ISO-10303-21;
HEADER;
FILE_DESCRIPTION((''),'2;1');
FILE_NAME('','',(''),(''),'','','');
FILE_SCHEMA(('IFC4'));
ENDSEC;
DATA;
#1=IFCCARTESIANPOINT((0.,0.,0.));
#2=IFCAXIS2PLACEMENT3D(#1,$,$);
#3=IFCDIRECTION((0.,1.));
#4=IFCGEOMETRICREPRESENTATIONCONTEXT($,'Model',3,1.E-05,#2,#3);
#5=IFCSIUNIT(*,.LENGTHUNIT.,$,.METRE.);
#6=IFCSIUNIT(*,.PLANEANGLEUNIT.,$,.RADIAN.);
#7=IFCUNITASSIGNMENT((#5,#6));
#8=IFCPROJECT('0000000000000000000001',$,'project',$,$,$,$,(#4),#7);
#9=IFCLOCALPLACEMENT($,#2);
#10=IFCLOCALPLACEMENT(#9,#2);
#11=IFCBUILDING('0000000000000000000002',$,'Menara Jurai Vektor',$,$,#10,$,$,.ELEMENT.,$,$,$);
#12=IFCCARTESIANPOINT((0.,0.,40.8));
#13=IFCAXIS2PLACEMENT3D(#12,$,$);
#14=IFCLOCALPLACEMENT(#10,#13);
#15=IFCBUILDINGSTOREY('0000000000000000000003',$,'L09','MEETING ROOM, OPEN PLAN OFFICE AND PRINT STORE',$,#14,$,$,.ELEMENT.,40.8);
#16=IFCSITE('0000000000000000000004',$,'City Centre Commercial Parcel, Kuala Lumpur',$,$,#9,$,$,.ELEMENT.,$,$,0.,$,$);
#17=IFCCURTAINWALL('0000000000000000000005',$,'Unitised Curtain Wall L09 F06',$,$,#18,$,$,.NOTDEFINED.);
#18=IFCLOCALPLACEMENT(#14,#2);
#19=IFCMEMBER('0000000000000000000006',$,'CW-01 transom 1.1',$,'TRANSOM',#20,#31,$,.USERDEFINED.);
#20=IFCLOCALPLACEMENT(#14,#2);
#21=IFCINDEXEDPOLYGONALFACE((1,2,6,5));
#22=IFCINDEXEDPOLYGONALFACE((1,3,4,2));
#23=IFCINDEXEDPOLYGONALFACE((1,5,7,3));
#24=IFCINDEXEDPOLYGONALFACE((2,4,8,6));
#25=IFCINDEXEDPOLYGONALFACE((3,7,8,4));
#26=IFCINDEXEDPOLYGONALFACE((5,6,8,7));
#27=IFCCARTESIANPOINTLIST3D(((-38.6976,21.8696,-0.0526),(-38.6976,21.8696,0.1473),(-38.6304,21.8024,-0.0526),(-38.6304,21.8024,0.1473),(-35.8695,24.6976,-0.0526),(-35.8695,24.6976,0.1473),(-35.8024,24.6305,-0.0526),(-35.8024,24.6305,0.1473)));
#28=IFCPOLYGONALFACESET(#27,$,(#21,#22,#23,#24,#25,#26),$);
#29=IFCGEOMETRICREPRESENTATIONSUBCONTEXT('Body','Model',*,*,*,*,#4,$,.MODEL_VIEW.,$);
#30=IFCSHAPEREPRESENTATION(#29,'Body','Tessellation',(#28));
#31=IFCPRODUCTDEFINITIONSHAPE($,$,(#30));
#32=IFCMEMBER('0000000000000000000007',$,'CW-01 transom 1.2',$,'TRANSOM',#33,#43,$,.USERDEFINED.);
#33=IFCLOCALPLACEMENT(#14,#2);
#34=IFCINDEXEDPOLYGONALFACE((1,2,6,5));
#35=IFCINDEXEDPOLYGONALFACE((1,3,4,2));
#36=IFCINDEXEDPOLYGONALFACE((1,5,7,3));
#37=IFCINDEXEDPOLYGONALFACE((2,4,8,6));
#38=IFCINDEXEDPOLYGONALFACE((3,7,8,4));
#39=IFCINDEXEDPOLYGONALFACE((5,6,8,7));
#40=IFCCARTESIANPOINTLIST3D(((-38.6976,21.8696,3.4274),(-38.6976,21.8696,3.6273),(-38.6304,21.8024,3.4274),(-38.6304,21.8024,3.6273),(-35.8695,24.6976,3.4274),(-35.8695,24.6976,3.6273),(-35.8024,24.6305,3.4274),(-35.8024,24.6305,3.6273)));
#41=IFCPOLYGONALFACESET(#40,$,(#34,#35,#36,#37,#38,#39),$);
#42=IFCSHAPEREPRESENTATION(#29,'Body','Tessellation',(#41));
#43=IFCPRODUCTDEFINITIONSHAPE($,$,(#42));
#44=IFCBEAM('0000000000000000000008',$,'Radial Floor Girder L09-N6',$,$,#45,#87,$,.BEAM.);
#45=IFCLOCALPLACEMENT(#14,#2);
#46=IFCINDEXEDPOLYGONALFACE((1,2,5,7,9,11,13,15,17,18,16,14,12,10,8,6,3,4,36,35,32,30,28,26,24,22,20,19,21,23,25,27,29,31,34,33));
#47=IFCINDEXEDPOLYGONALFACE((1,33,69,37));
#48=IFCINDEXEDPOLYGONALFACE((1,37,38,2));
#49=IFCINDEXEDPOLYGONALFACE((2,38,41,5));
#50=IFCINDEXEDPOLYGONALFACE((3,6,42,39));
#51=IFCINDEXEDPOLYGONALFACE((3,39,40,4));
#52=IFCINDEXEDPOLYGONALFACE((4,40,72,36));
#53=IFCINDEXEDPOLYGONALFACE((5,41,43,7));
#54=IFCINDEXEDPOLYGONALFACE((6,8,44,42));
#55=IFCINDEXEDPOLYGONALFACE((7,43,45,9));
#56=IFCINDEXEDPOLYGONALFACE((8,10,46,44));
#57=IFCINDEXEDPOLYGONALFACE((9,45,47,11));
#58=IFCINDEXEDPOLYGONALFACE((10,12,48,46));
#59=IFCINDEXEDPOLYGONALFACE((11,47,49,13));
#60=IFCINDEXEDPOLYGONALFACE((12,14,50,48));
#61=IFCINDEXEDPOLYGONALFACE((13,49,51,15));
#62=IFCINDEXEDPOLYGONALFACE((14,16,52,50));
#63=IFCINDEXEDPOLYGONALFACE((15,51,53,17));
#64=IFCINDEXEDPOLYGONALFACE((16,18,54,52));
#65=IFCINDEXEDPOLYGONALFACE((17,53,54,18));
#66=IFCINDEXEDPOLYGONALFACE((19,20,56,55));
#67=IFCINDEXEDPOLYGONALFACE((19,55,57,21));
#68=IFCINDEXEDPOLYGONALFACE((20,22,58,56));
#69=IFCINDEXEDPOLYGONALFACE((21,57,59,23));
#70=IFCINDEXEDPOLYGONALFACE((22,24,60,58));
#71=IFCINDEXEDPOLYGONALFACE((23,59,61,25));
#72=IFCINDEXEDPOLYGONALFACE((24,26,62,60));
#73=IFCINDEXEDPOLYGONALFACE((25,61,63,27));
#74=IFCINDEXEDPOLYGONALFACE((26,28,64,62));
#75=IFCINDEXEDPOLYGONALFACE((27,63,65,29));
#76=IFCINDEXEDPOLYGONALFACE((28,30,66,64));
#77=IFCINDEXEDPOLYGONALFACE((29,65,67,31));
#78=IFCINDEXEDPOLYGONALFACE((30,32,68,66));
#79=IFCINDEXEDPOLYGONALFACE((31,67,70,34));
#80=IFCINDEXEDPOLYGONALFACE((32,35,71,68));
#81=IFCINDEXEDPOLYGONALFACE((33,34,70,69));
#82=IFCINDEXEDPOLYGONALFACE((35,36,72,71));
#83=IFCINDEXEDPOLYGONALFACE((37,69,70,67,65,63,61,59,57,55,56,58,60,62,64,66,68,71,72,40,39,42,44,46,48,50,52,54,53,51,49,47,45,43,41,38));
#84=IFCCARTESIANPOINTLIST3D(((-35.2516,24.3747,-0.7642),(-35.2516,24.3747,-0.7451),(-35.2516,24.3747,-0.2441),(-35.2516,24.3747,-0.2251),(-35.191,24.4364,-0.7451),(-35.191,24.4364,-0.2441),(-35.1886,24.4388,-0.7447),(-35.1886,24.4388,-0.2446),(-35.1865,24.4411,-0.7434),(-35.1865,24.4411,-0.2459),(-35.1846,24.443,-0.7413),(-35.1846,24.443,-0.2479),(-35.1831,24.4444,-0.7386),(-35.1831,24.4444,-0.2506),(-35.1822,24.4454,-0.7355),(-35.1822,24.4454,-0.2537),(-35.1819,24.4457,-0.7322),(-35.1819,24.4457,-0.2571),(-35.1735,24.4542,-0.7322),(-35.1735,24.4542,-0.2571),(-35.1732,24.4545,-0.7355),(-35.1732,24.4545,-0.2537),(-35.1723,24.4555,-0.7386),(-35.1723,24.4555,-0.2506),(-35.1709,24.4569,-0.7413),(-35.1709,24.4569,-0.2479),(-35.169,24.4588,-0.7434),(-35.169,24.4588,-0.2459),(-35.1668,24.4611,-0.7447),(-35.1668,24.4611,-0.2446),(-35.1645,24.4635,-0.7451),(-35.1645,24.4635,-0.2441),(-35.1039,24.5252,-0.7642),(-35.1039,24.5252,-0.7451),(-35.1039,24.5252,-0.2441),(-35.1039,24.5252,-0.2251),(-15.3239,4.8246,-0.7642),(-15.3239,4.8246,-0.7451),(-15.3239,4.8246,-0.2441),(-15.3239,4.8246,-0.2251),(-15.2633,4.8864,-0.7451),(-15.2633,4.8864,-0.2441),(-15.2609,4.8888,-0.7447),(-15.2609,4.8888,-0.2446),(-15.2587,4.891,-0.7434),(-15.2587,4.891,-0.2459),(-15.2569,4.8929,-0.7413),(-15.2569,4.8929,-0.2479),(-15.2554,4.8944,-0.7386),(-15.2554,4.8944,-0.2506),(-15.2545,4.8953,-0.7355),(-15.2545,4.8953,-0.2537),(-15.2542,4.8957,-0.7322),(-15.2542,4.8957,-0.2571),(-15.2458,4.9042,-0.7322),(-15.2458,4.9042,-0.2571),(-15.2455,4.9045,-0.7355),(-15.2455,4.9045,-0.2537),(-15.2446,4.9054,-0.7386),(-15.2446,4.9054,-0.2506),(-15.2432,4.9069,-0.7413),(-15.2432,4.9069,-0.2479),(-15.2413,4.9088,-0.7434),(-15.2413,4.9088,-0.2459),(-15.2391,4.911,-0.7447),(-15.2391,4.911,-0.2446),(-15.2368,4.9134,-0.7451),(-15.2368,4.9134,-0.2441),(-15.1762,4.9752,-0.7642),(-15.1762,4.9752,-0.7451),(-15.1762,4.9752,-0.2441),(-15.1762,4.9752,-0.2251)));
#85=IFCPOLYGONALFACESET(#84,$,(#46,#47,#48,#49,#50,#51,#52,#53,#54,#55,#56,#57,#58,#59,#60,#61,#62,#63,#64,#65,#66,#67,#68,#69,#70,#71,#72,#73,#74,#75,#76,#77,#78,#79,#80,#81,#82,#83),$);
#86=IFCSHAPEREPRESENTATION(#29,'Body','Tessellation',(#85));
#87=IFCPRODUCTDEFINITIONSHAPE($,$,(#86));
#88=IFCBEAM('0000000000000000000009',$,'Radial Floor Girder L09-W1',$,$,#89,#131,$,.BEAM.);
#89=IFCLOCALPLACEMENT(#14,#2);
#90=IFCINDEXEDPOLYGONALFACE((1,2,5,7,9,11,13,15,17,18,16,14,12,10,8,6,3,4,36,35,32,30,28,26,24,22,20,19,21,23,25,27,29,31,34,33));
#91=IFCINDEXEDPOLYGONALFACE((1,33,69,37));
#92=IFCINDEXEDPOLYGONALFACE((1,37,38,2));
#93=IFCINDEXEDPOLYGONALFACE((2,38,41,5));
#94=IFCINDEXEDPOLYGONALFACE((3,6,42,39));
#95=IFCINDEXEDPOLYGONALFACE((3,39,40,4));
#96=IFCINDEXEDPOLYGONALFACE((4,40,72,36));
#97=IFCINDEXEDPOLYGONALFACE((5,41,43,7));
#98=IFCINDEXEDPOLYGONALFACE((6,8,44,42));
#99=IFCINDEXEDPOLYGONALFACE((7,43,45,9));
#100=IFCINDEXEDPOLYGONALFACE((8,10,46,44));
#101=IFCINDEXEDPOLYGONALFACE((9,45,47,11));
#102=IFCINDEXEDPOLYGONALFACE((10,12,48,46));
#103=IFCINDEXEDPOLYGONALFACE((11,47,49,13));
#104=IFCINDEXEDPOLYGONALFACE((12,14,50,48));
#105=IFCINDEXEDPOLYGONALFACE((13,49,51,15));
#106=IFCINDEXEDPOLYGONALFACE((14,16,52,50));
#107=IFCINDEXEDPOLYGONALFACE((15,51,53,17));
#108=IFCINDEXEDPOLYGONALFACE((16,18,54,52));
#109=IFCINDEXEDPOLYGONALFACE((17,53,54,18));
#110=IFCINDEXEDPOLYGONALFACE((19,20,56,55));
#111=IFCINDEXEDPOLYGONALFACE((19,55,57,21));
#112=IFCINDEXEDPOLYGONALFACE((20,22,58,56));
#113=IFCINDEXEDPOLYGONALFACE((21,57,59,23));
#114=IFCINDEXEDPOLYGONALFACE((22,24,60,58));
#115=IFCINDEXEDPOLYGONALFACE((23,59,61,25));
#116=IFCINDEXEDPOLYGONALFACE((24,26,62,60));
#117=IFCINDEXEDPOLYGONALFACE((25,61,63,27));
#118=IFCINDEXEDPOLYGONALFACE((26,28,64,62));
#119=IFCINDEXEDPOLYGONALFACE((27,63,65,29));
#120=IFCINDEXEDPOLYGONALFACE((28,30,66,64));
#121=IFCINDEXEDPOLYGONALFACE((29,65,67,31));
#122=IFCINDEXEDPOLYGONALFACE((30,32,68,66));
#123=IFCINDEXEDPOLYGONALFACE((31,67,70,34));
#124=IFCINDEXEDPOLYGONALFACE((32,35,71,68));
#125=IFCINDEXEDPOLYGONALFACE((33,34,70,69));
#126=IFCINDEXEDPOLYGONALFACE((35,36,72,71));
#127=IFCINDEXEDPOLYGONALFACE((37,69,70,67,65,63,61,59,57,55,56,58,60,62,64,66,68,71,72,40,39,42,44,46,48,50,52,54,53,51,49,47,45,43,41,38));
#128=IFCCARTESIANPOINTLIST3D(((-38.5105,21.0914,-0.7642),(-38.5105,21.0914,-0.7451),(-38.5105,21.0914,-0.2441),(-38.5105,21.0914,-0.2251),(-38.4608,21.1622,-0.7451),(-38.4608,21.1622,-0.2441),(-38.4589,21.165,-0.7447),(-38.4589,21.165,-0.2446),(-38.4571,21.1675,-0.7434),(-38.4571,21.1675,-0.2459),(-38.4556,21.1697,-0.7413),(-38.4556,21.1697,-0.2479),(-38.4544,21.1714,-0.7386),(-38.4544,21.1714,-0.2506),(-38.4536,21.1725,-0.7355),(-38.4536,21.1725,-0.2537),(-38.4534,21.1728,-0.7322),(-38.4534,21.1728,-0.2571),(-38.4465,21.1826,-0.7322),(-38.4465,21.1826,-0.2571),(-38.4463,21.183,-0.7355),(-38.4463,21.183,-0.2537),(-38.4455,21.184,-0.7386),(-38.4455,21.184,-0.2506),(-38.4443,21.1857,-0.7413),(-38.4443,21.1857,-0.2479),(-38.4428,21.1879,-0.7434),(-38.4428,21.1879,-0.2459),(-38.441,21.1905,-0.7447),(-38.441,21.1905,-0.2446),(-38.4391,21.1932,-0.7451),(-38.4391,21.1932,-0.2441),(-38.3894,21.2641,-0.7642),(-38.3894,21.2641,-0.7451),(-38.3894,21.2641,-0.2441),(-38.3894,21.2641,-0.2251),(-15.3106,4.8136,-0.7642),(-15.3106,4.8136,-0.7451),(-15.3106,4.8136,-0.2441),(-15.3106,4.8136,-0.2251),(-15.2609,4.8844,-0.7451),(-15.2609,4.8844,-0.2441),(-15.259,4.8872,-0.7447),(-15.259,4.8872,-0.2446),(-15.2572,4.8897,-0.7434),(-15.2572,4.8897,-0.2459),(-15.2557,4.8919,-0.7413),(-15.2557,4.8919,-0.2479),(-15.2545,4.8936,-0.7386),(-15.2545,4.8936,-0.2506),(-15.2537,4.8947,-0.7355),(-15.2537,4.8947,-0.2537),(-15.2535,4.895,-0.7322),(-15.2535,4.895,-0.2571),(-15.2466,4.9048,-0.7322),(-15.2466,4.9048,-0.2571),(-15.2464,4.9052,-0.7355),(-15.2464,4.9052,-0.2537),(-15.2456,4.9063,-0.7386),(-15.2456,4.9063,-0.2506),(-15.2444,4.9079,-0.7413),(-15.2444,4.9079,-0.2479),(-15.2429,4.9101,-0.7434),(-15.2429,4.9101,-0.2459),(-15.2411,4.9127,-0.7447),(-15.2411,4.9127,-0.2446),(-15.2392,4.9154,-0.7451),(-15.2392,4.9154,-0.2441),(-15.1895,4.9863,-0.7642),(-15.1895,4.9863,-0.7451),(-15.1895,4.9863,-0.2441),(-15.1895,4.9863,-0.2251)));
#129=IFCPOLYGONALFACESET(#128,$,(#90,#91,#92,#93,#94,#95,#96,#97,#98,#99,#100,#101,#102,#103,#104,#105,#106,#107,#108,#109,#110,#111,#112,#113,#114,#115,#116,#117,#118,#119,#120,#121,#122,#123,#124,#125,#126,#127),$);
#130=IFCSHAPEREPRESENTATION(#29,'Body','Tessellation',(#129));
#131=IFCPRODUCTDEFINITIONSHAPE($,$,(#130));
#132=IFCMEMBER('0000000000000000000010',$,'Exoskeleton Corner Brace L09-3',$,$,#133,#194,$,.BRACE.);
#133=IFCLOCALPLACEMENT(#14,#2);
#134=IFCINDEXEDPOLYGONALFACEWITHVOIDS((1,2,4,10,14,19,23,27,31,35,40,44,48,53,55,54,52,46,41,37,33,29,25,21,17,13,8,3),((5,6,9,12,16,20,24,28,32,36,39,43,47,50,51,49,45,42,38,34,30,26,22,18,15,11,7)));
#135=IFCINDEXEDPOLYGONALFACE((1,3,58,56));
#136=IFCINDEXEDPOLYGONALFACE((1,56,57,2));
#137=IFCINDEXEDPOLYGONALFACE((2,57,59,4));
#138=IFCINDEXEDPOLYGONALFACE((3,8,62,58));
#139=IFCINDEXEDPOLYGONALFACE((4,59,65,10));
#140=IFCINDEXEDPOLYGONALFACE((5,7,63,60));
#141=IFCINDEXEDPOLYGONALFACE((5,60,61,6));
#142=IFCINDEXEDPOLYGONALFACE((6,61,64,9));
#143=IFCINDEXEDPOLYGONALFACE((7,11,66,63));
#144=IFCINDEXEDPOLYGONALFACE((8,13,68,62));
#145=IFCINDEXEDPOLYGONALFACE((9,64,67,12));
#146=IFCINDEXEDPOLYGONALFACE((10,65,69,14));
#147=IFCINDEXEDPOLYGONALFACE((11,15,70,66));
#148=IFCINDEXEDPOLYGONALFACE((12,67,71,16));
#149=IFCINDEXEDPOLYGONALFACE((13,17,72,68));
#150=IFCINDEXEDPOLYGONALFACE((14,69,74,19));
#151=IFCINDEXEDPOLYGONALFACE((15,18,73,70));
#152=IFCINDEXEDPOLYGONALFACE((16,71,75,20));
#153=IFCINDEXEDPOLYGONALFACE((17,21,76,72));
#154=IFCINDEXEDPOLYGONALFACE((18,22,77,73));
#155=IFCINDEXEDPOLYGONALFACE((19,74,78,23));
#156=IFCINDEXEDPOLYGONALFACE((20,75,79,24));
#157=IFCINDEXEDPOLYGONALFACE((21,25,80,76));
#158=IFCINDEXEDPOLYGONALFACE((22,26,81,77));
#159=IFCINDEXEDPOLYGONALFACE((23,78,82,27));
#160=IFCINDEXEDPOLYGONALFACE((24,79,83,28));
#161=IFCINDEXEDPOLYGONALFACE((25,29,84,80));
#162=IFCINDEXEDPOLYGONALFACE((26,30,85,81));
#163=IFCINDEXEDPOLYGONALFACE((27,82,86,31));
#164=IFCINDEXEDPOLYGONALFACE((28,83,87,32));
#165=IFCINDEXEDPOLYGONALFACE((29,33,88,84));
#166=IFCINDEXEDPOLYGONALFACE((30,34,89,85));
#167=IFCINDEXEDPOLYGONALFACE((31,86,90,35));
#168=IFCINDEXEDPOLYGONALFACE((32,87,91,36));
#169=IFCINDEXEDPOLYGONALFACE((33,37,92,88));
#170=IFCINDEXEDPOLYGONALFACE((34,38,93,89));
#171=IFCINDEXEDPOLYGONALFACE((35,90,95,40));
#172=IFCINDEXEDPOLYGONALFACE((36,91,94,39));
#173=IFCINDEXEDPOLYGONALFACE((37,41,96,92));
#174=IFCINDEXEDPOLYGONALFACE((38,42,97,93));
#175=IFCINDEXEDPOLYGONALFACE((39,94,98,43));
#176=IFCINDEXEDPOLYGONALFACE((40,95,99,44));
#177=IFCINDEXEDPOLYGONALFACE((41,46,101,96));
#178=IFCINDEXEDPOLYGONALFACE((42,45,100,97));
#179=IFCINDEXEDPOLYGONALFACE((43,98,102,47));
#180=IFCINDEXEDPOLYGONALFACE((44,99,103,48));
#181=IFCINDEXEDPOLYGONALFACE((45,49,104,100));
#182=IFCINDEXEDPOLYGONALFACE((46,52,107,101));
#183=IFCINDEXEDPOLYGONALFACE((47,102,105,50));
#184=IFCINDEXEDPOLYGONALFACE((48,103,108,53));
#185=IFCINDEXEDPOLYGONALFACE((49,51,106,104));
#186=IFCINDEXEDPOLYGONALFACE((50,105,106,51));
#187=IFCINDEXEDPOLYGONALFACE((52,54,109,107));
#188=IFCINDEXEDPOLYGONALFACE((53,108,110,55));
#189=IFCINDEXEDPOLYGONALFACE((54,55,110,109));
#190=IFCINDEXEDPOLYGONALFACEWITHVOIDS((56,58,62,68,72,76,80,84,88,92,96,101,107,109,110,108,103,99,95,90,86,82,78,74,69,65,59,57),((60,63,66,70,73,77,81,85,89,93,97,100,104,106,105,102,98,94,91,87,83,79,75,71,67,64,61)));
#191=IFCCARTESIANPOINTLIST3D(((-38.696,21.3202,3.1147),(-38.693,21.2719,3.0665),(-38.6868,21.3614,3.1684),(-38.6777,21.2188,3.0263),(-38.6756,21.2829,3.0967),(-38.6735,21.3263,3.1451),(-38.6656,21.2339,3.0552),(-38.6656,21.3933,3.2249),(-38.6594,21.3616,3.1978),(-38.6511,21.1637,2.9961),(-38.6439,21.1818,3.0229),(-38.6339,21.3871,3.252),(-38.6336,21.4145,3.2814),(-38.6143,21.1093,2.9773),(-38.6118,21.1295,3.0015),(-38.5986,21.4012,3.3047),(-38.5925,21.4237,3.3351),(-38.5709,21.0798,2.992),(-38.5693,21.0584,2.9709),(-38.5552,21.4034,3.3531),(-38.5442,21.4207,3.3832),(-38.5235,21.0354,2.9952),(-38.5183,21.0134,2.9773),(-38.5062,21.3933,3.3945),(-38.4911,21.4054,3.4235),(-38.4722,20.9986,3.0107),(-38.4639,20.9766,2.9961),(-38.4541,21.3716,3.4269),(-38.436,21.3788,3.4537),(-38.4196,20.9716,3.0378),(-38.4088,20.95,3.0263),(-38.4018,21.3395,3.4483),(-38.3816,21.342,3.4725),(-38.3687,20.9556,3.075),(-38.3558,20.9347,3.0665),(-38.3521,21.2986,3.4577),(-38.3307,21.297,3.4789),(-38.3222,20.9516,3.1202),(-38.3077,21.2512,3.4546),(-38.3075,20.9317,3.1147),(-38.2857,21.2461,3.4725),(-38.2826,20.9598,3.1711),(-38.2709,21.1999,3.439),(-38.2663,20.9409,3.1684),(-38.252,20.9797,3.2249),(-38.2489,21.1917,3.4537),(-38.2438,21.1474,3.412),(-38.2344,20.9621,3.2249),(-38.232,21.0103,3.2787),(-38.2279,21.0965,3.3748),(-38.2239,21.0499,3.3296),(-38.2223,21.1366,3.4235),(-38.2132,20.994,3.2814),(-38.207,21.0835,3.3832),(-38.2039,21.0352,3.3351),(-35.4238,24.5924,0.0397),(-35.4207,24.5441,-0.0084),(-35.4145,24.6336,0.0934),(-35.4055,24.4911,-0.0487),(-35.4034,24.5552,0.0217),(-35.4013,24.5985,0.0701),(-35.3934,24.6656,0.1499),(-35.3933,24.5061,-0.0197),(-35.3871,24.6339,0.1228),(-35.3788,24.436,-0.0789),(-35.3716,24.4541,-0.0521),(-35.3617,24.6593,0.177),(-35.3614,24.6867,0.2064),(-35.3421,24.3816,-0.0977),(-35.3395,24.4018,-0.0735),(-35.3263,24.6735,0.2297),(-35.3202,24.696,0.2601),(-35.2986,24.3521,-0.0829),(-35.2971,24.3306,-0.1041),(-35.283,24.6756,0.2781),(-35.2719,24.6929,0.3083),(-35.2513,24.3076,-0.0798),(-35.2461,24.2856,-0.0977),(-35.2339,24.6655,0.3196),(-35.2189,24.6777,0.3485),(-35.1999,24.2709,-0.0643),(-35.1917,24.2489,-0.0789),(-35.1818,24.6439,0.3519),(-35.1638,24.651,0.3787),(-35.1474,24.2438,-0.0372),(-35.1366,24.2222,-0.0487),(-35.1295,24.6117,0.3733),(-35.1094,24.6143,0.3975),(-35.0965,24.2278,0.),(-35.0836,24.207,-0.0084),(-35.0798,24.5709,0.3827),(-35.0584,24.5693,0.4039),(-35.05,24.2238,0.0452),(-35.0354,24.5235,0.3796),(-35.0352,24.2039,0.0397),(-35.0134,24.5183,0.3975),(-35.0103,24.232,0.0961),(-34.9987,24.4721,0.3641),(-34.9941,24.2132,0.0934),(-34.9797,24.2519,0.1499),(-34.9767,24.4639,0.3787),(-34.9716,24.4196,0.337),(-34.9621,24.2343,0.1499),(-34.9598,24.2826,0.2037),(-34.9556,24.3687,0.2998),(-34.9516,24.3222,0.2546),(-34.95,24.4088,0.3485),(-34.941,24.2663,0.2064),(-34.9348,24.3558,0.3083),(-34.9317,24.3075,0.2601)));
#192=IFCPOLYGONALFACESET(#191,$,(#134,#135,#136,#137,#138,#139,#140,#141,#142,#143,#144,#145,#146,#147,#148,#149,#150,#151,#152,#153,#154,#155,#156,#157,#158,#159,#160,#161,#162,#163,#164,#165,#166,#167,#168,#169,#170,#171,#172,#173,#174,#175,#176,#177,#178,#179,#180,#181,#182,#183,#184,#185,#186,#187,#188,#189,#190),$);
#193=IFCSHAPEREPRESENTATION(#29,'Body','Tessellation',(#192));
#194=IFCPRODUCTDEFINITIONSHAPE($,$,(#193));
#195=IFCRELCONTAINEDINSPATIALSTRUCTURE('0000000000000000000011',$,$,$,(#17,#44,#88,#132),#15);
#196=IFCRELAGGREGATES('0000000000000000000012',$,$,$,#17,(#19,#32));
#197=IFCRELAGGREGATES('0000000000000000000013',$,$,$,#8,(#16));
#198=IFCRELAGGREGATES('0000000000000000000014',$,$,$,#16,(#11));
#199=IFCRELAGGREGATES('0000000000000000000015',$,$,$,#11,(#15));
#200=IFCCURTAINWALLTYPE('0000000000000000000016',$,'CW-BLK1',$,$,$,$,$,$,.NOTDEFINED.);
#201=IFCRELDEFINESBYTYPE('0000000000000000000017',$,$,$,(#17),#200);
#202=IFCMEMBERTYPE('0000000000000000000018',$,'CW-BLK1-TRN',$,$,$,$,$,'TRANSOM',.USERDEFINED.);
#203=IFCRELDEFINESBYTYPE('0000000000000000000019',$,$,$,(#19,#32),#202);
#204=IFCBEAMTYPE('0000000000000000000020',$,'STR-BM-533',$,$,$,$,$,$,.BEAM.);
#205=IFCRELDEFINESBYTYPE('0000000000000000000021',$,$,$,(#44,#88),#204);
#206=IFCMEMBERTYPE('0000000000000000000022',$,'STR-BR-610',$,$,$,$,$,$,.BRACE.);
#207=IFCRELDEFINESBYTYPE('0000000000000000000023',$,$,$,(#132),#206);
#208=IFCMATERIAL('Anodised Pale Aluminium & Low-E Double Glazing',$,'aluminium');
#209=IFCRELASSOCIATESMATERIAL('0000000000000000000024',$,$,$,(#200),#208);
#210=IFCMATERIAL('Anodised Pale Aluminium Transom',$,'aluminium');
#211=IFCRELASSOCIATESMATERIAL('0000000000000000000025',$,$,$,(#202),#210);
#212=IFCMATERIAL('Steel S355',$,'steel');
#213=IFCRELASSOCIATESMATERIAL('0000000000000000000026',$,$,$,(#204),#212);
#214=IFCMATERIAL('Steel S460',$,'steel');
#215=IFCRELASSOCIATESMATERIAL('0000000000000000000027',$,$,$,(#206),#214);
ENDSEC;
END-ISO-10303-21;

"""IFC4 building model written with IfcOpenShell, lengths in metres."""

from ifc_helpers import new_model, si_unit, direction, frame, origin, origin_2d, place, context, subcontext, project, spatial, rectangle, hollow_circle, i_section, extrude, material, material_profile, profile_set, type_object, element, aggregate, save


model = new_model("IFC4")

# Units and contexts
model_context = context("Model", 3, precision=1e-05, world=origin(), true_north=direction((0.0, 1.0)))
body_context = subcontext(model_context, "Body", "Model", "MODEL_VIEW")
ifc_project = project(units=[si_unit("LENGTHUNIT", "METRE"), si_unit("PLANEANGLEUNIT", "RADIAN")], contexts=[model_context])

# Site, building, storey
site_placement = place(None, origin())
site = spatial("IfcSite", under=ifc_project, at=site_placement, Name="City Centre Commercial Parcel, Kuala Lumpur", CompositionType="ELEMENT", RefElevation=0.0)
building_placement = place(site_placement, origin())
building = spatial("IfcBuilding", under=site, at=building_placement, Name="Menara Jurai Vektor", CompositionType="ELEMENT")
storey_placement = place(building_placement, frame((0.0, 0.0, 40.8)))
storey = spatial("IfcBuildingStorey", under=building, at=storey_placement, Name="L09", Description="MEETING ROOM, OPEN PLAN OFFICE AND PRINT STORE", CompositionType="ELEMENT", Elevation=40.8)

# Shared definitions
ifc_material_1 = material(Name="Steel S460", Category="steel")

# Curtain wall
ifc_material_2 = material(Name="Anodised Pale Aluminium & Low-E Double Glazing", Category="aluminium")
curtain_wall_type = type_object("IfcCurtainWallType", Name="CW-BLK1", PredefinedType="NOTDEFINED", material=ifc_material_2)
curtain_wall_1_placement = place(storey_placement, origin())
curtain_wall_1 = element("IfcCurtainWall", 1, at=curtain_wall_1_placement, inside=storey, type_object=curtain_wall_type, Name="Unitised Curtain Wall L09 F06", PredefinedType="NOTDEFINED")

# Members
ifc_material_3 = material(Name="Anodised Pale Aluminium Transom", Category="aluminium")
ifc_material_profile_1 = material_profile(ifc_material_3, rectangle(XDim=0.095, YDim=0.2, at=origin_2d()), Name="ALU TRN 95x200")
ifc_profile_set_1 = profile_set([ifc_material_profile_1], Name="Anodised Pale Aluminium Transom")
member_type_1 = type_object("IfcMemberType", Name="CW-BLK1-TRN", ElementType="TRANSOM", PredefinedType="USERDEFINED", material=ifc_profile_set_1)
member_1_placement = place(storey_placement, frame((-35.8359, 24.6641, 0.0474), z_axis=(-0.707107, -0.707107, 0.0), x_axis=(0.707107, -0.707107, 0.0)))
member_1 = element("IfcMember", 2, at=member_1_placement, type_object=member_type_1, Name="CW-01 transom 1.1", ObjectType="TRANSOM", PredefinedType="USERDEFINED", context=body_context, shape_type="SweptSolid", body=[
    extrude(rectangle(XDim=0.095, YDim=0.2, at=origin_2d()), origin(), (0.0, 0.0, 1.0), 3.9995),
])
member_2_placement = place(storey_placement, frame((-35.8359, 24.6641, 3.5273), z_axis=(-0.707107, -0.707107, 0.0), x_axis=(0.707107, -0.707107, 0.0)))
member_2 = element("IfcMember", 3, at=member_2_placement, type_object=member_type_1, Name="CW-01 transom 1.2", ObjectType="TRANSOM", PredefinedType="USERDEFINED", context=body_context, shape_type="SweptSolid", body=[
    extrude(rectangle(XDim=0.095, YDim=0.2, at=origin_2d()), origin(), (0.0, 0.0, 1.0), 3.9995),
])

# Beams
ifc_material_4 = material(Name="Steel S355", Category="steel")
ifc_material_profile_2 = material_profile(ifc_material_4, i_section(OverallWidth=0.2109, OverallDepth=0.5391, WebThickness=0.012, FlangeThickness=0.019, FilletRadius=0.0129, at=origin_2d()), Name="UKB 533x210x109")
ifc_profile_set_2 = profile_set([ifc_material_profile_2], Name="Steel S355")
beam_type_1 = type_object("IfcBeamType", Name="STR-BM-533", PredefinedType="BEAM", material=ifc_profile_set_2)
beam_1_placement = place(storey_placement, frame((-35.1777, 24.45, -0.4946), z_axis=(0.713839, -0.70031, 0.0), x_axis=(0.70031, 0.713839, 0.0)))
element("IfcBeam", 4, at=beam_1_placement, inside=storey, type_object=beam_type_1, Name="Radial Floor Girder L09-N6", PredefinedType="BEAM", context=body_context, shape_type="SweptSolid", body=[
    extrude(i_section(OverallWidth=0.2109, OverallDepth=0.5391, WebThickness=0.012, FlangeThickness=0.019, FilletRadius=0.0129, at=origin_2d()), origin(), (0.0, 0.0, 1.0), 27.9163),
])
beam_2_placement = place(storey_placement, frame((-38.45, 21.1777, -0.4946), z_axis=(0.818604, -0.574359, 0.0), x_axis=(0.574359, 0.818604, 0.0)))
element("IfcBeam", 5, at=beam_2_placement, inside=storey, type_object=beam_type_1, Name="Radial Floor Girder L09-W1", PredefinedType="BEAM", context=body_context, shape_type="SweptSolid", body=[
    extrude(i_section(OverallWidth=0.2109, OverallDepth=0.5391, WebThickness=0.012, FlangeThickness=0.019, FilletRadius=0.0129, at=origin_2d()), origin(), (0.0, 0.0, 1.0), 28.3408),
])

# Member
ifc_material_profile_3 = material_profile(ifc_material_1, hollow_circle(Radius=0.3049, WallThickness=0.0249, at=origin_2d()), Name="CHS 610x25")
ifc_profile_set_3 = profile_set([ifc_material_profile_3], Name="Steel S460")
member_type_2 = type_object("IfcMemberType", Name="STR-BR-610", PredefinedType="BRACE", material=ifc_profile_set_3)
member_3_placement = place(storey_placement, frame((-35.1777, 24.45, 0.1499), z_axis=(-0.588942, -0.588942, 0.553438), x_axis=(0.707107, -0.707107, 0.0)))
element("IfcMember", 6, at=member_3_placement, inside=storey, type_object=member_type_2, Name="Exoskeleton Corner Brace L09-3", PredefinedType="BRACE", context=body_context, shape_type="SweptSolid", body=[
    extrude(hollow_circle(Radius=0.3049, WallThickness=0.0249, at=origin_2d()), origin(), (0.0, 0.0, 1.0), 5.5562),
])

aggregate(curtain_wall_1, [member_1, member_2])

save(model, "model.ifc")
